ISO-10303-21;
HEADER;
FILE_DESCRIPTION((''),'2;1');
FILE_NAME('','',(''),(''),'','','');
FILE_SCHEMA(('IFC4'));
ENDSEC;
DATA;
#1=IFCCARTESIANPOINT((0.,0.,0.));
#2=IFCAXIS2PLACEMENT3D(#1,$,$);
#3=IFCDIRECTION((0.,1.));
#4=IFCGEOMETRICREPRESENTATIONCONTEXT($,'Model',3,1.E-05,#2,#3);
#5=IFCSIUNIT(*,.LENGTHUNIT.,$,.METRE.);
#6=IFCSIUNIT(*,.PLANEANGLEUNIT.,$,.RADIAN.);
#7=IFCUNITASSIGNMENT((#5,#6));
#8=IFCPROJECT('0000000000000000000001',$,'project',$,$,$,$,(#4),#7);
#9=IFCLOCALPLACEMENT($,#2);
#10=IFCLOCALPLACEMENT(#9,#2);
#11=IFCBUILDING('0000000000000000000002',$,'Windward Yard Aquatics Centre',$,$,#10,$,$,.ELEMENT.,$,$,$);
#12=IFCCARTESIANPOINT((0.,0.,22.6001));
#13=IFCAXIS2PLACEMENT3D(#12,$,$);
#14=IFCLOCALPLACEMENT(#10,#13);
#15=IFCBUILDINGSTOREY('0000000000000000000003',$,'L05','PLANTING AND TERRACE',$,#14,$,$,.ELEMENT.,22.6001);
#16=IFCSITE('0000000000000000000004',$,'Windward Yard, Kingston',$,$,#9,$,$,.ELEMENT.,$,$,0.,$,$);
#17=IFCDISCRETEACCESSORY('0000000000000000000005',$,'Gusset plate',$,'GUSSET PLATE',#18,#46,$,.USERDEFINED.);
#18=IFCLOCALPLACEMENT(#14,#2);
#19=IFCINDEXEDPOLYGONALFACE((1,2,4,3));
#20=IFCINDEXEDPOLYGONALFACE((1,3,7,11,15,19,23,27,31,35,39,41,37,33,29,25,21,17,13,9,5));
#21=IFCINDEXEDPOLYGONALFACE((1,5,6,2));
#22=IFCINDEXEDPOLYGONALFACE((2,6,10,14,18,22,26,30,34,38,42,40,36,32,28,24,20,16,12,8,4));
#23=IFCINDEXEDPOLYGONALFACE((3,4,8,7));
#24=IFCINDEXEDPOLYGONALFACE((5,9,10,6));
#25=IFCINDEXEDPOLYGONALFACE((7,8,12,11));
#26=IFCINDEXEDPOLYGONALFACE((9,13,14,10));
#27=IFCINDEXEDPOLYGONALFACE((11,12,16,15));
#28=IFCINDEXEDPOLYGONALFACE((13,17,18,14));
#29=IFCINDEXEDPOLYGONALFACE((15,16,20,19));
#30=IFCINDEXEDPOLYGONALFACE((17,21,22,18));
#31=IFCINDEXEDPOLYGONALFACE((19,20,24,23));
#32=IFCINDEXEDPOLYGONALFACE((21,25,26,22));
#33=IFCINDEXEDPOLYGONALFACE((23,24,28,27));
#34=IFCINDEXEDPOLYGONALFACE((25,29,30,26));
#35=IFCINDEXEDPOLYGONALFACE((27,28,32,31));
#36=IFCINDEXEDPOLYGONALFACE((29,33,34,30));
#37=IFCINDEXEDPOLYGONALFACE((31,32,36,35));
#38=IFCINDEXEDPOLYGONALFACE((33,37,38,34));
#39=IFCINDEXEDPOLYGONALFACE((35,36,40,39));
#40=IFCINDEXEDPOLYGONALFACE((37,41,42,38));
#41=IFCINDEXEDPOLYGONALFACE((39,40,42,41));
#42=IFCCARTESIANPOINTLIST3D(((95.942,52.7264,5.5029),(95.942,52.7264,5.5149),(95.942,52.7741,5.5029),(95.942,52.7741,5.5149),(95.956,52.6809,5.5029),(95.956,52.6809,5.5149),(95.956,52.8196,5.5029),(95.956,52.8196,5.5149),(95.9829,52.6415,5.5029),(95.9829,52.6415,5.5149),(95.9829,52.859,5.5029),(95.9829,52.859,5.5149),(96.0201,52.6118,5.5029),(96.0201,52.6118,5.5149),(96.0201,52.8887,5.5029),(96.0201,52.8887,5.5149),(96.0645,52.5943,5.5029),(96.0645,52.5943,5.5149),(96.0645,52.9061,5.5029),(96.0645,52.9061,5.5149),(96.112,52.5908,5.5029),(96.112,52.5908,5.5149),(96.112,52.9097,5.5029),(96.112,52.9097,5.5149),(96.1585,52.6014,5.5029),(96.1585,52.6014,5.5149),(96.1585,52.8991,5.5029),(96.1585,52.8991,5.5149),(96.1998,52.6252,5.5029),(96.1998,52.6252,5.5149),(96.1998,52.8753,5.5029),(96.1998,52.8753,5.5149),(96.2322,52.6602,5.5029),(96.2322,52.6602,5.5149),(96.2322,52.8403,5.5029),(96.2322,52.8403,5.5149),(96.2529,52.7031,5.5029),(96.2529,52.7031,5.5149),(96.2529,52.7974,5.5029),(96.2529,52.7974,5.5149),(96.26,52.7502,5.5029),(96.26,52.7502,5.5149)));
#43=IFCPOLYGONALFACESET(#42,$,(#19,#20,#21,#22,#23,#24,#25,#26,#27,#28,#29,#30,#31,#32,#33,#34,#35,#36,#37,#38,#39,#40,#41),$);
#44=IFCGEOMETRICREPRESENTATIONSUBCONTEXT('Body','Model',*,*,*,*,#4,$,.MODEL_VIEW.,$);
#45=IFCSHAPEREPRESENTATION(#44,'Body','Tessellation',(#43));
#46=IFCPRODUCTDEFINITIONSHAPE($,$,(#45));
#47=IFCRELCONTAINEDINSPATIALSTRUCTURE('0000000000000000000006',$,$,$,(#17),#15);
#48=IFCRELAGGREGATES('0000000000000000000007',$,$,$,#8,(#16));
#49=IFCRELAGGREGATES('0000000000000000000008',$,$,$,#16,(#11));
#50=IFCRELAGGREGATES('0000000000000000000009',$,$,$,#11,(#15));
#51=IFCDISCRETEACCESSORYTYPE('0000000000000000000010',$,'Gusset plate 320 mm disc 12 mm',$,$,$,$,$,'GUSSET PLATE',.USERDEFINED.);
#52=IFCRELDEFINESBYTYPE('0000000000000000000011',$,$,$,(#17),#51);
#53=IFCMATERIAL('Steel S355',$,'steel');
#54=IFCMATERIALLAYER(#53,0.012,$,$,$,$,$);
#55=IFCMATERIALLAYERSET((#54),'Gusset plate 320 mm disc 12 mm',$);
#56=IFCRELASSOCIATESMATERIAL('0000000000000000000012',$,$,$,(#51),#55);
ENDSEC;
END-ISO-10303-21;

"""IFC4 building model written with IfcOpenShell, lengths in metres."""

from ifc_helpers import new_model, si_unit, direction, frame, origin, origin_2d, place, context, subcontext, project, spatial, circle, extrude, material, layer, layer_set, type_object, element, save


model = new_model("IFC4")

# Units and contexts
model_context = context("Model", 3, precision=1e-05, world=origin(), true_north=direction((0.0, 1.0)))
body_context = subcontext(model_context, "Body", "Model", "MODEL_VIEW")
ifc_project = project(units=[si_unit("LENGTHUNIT", "METRE"), si_unit("PLANEANGLEUNIT", "RADIAN")], contexts=[model_context])

# Site, building, storey
site_placement = place(None, origin())
site = spatial("IfcSite", under=ifc_project, at=site_placement, Name="Windward Yard, Kingston", CompositionType="ELEMENT", RefElevation=0.0)
building_placement = place(site_placement, origin())
building = spatial("IfcBuilding", under=site, at=building_placement, Name="Windward Yard Aquatics Centre", CompositionType="ELEMENT")
storey_placement = place(building_placement, frame((0.0, 0.0, 22.6001)))
storey = spatial("IfcBuildingStorey", under=building, at=storey_placement, Name="L05", Description="PLANTING AND TERRACE", CompositionType="ELEMENT", Elevation=22.6001)

# Discrete accessory
ifc_material_1 = material(Name="Steel S355", Category="steel")
ifc_layer_1 = layer(ifc_material_1, 0.012)
ifc_layer_set_1 = layer_set([ifc_layer_1], Name="Gusset plate 320 mm disc 12 mm")
discrete_accessory_type_1 = type_object("IfcDiscreteAccessoryType", Name="Gusset plate 320 mm disc 12 mm", ElementType="GUSSET PLATE", PredefinedType="USERDEFINED", material=ifc_layer_set_1)
for number, where, z_axis, x_axis, name in (
    (1, (96.1001, 52.7502, 5.5029), (0.0, 0.0, 1.0), (1.0, 0.0, 0.0), "Gusset plate"),
):
    element("IfcDiscreteAccessory", number, at=place(storey_placement, frame(where, z_axis=z_axis, x_axis=x_axis)), inside=storey, type_object=discrete_accessory_type_1, Name=name, ObjectType="GUSSET PLATE", PredefinedType="USERDEFINED", context=body_context, shape_type="SweptSolid", body=[
        extrude(circle(Radius=0.1599, at=origin_2d()), origin(), (0.0, 0.0, 1.0), 0.012),
    ])

save(model, "model.ifc")
